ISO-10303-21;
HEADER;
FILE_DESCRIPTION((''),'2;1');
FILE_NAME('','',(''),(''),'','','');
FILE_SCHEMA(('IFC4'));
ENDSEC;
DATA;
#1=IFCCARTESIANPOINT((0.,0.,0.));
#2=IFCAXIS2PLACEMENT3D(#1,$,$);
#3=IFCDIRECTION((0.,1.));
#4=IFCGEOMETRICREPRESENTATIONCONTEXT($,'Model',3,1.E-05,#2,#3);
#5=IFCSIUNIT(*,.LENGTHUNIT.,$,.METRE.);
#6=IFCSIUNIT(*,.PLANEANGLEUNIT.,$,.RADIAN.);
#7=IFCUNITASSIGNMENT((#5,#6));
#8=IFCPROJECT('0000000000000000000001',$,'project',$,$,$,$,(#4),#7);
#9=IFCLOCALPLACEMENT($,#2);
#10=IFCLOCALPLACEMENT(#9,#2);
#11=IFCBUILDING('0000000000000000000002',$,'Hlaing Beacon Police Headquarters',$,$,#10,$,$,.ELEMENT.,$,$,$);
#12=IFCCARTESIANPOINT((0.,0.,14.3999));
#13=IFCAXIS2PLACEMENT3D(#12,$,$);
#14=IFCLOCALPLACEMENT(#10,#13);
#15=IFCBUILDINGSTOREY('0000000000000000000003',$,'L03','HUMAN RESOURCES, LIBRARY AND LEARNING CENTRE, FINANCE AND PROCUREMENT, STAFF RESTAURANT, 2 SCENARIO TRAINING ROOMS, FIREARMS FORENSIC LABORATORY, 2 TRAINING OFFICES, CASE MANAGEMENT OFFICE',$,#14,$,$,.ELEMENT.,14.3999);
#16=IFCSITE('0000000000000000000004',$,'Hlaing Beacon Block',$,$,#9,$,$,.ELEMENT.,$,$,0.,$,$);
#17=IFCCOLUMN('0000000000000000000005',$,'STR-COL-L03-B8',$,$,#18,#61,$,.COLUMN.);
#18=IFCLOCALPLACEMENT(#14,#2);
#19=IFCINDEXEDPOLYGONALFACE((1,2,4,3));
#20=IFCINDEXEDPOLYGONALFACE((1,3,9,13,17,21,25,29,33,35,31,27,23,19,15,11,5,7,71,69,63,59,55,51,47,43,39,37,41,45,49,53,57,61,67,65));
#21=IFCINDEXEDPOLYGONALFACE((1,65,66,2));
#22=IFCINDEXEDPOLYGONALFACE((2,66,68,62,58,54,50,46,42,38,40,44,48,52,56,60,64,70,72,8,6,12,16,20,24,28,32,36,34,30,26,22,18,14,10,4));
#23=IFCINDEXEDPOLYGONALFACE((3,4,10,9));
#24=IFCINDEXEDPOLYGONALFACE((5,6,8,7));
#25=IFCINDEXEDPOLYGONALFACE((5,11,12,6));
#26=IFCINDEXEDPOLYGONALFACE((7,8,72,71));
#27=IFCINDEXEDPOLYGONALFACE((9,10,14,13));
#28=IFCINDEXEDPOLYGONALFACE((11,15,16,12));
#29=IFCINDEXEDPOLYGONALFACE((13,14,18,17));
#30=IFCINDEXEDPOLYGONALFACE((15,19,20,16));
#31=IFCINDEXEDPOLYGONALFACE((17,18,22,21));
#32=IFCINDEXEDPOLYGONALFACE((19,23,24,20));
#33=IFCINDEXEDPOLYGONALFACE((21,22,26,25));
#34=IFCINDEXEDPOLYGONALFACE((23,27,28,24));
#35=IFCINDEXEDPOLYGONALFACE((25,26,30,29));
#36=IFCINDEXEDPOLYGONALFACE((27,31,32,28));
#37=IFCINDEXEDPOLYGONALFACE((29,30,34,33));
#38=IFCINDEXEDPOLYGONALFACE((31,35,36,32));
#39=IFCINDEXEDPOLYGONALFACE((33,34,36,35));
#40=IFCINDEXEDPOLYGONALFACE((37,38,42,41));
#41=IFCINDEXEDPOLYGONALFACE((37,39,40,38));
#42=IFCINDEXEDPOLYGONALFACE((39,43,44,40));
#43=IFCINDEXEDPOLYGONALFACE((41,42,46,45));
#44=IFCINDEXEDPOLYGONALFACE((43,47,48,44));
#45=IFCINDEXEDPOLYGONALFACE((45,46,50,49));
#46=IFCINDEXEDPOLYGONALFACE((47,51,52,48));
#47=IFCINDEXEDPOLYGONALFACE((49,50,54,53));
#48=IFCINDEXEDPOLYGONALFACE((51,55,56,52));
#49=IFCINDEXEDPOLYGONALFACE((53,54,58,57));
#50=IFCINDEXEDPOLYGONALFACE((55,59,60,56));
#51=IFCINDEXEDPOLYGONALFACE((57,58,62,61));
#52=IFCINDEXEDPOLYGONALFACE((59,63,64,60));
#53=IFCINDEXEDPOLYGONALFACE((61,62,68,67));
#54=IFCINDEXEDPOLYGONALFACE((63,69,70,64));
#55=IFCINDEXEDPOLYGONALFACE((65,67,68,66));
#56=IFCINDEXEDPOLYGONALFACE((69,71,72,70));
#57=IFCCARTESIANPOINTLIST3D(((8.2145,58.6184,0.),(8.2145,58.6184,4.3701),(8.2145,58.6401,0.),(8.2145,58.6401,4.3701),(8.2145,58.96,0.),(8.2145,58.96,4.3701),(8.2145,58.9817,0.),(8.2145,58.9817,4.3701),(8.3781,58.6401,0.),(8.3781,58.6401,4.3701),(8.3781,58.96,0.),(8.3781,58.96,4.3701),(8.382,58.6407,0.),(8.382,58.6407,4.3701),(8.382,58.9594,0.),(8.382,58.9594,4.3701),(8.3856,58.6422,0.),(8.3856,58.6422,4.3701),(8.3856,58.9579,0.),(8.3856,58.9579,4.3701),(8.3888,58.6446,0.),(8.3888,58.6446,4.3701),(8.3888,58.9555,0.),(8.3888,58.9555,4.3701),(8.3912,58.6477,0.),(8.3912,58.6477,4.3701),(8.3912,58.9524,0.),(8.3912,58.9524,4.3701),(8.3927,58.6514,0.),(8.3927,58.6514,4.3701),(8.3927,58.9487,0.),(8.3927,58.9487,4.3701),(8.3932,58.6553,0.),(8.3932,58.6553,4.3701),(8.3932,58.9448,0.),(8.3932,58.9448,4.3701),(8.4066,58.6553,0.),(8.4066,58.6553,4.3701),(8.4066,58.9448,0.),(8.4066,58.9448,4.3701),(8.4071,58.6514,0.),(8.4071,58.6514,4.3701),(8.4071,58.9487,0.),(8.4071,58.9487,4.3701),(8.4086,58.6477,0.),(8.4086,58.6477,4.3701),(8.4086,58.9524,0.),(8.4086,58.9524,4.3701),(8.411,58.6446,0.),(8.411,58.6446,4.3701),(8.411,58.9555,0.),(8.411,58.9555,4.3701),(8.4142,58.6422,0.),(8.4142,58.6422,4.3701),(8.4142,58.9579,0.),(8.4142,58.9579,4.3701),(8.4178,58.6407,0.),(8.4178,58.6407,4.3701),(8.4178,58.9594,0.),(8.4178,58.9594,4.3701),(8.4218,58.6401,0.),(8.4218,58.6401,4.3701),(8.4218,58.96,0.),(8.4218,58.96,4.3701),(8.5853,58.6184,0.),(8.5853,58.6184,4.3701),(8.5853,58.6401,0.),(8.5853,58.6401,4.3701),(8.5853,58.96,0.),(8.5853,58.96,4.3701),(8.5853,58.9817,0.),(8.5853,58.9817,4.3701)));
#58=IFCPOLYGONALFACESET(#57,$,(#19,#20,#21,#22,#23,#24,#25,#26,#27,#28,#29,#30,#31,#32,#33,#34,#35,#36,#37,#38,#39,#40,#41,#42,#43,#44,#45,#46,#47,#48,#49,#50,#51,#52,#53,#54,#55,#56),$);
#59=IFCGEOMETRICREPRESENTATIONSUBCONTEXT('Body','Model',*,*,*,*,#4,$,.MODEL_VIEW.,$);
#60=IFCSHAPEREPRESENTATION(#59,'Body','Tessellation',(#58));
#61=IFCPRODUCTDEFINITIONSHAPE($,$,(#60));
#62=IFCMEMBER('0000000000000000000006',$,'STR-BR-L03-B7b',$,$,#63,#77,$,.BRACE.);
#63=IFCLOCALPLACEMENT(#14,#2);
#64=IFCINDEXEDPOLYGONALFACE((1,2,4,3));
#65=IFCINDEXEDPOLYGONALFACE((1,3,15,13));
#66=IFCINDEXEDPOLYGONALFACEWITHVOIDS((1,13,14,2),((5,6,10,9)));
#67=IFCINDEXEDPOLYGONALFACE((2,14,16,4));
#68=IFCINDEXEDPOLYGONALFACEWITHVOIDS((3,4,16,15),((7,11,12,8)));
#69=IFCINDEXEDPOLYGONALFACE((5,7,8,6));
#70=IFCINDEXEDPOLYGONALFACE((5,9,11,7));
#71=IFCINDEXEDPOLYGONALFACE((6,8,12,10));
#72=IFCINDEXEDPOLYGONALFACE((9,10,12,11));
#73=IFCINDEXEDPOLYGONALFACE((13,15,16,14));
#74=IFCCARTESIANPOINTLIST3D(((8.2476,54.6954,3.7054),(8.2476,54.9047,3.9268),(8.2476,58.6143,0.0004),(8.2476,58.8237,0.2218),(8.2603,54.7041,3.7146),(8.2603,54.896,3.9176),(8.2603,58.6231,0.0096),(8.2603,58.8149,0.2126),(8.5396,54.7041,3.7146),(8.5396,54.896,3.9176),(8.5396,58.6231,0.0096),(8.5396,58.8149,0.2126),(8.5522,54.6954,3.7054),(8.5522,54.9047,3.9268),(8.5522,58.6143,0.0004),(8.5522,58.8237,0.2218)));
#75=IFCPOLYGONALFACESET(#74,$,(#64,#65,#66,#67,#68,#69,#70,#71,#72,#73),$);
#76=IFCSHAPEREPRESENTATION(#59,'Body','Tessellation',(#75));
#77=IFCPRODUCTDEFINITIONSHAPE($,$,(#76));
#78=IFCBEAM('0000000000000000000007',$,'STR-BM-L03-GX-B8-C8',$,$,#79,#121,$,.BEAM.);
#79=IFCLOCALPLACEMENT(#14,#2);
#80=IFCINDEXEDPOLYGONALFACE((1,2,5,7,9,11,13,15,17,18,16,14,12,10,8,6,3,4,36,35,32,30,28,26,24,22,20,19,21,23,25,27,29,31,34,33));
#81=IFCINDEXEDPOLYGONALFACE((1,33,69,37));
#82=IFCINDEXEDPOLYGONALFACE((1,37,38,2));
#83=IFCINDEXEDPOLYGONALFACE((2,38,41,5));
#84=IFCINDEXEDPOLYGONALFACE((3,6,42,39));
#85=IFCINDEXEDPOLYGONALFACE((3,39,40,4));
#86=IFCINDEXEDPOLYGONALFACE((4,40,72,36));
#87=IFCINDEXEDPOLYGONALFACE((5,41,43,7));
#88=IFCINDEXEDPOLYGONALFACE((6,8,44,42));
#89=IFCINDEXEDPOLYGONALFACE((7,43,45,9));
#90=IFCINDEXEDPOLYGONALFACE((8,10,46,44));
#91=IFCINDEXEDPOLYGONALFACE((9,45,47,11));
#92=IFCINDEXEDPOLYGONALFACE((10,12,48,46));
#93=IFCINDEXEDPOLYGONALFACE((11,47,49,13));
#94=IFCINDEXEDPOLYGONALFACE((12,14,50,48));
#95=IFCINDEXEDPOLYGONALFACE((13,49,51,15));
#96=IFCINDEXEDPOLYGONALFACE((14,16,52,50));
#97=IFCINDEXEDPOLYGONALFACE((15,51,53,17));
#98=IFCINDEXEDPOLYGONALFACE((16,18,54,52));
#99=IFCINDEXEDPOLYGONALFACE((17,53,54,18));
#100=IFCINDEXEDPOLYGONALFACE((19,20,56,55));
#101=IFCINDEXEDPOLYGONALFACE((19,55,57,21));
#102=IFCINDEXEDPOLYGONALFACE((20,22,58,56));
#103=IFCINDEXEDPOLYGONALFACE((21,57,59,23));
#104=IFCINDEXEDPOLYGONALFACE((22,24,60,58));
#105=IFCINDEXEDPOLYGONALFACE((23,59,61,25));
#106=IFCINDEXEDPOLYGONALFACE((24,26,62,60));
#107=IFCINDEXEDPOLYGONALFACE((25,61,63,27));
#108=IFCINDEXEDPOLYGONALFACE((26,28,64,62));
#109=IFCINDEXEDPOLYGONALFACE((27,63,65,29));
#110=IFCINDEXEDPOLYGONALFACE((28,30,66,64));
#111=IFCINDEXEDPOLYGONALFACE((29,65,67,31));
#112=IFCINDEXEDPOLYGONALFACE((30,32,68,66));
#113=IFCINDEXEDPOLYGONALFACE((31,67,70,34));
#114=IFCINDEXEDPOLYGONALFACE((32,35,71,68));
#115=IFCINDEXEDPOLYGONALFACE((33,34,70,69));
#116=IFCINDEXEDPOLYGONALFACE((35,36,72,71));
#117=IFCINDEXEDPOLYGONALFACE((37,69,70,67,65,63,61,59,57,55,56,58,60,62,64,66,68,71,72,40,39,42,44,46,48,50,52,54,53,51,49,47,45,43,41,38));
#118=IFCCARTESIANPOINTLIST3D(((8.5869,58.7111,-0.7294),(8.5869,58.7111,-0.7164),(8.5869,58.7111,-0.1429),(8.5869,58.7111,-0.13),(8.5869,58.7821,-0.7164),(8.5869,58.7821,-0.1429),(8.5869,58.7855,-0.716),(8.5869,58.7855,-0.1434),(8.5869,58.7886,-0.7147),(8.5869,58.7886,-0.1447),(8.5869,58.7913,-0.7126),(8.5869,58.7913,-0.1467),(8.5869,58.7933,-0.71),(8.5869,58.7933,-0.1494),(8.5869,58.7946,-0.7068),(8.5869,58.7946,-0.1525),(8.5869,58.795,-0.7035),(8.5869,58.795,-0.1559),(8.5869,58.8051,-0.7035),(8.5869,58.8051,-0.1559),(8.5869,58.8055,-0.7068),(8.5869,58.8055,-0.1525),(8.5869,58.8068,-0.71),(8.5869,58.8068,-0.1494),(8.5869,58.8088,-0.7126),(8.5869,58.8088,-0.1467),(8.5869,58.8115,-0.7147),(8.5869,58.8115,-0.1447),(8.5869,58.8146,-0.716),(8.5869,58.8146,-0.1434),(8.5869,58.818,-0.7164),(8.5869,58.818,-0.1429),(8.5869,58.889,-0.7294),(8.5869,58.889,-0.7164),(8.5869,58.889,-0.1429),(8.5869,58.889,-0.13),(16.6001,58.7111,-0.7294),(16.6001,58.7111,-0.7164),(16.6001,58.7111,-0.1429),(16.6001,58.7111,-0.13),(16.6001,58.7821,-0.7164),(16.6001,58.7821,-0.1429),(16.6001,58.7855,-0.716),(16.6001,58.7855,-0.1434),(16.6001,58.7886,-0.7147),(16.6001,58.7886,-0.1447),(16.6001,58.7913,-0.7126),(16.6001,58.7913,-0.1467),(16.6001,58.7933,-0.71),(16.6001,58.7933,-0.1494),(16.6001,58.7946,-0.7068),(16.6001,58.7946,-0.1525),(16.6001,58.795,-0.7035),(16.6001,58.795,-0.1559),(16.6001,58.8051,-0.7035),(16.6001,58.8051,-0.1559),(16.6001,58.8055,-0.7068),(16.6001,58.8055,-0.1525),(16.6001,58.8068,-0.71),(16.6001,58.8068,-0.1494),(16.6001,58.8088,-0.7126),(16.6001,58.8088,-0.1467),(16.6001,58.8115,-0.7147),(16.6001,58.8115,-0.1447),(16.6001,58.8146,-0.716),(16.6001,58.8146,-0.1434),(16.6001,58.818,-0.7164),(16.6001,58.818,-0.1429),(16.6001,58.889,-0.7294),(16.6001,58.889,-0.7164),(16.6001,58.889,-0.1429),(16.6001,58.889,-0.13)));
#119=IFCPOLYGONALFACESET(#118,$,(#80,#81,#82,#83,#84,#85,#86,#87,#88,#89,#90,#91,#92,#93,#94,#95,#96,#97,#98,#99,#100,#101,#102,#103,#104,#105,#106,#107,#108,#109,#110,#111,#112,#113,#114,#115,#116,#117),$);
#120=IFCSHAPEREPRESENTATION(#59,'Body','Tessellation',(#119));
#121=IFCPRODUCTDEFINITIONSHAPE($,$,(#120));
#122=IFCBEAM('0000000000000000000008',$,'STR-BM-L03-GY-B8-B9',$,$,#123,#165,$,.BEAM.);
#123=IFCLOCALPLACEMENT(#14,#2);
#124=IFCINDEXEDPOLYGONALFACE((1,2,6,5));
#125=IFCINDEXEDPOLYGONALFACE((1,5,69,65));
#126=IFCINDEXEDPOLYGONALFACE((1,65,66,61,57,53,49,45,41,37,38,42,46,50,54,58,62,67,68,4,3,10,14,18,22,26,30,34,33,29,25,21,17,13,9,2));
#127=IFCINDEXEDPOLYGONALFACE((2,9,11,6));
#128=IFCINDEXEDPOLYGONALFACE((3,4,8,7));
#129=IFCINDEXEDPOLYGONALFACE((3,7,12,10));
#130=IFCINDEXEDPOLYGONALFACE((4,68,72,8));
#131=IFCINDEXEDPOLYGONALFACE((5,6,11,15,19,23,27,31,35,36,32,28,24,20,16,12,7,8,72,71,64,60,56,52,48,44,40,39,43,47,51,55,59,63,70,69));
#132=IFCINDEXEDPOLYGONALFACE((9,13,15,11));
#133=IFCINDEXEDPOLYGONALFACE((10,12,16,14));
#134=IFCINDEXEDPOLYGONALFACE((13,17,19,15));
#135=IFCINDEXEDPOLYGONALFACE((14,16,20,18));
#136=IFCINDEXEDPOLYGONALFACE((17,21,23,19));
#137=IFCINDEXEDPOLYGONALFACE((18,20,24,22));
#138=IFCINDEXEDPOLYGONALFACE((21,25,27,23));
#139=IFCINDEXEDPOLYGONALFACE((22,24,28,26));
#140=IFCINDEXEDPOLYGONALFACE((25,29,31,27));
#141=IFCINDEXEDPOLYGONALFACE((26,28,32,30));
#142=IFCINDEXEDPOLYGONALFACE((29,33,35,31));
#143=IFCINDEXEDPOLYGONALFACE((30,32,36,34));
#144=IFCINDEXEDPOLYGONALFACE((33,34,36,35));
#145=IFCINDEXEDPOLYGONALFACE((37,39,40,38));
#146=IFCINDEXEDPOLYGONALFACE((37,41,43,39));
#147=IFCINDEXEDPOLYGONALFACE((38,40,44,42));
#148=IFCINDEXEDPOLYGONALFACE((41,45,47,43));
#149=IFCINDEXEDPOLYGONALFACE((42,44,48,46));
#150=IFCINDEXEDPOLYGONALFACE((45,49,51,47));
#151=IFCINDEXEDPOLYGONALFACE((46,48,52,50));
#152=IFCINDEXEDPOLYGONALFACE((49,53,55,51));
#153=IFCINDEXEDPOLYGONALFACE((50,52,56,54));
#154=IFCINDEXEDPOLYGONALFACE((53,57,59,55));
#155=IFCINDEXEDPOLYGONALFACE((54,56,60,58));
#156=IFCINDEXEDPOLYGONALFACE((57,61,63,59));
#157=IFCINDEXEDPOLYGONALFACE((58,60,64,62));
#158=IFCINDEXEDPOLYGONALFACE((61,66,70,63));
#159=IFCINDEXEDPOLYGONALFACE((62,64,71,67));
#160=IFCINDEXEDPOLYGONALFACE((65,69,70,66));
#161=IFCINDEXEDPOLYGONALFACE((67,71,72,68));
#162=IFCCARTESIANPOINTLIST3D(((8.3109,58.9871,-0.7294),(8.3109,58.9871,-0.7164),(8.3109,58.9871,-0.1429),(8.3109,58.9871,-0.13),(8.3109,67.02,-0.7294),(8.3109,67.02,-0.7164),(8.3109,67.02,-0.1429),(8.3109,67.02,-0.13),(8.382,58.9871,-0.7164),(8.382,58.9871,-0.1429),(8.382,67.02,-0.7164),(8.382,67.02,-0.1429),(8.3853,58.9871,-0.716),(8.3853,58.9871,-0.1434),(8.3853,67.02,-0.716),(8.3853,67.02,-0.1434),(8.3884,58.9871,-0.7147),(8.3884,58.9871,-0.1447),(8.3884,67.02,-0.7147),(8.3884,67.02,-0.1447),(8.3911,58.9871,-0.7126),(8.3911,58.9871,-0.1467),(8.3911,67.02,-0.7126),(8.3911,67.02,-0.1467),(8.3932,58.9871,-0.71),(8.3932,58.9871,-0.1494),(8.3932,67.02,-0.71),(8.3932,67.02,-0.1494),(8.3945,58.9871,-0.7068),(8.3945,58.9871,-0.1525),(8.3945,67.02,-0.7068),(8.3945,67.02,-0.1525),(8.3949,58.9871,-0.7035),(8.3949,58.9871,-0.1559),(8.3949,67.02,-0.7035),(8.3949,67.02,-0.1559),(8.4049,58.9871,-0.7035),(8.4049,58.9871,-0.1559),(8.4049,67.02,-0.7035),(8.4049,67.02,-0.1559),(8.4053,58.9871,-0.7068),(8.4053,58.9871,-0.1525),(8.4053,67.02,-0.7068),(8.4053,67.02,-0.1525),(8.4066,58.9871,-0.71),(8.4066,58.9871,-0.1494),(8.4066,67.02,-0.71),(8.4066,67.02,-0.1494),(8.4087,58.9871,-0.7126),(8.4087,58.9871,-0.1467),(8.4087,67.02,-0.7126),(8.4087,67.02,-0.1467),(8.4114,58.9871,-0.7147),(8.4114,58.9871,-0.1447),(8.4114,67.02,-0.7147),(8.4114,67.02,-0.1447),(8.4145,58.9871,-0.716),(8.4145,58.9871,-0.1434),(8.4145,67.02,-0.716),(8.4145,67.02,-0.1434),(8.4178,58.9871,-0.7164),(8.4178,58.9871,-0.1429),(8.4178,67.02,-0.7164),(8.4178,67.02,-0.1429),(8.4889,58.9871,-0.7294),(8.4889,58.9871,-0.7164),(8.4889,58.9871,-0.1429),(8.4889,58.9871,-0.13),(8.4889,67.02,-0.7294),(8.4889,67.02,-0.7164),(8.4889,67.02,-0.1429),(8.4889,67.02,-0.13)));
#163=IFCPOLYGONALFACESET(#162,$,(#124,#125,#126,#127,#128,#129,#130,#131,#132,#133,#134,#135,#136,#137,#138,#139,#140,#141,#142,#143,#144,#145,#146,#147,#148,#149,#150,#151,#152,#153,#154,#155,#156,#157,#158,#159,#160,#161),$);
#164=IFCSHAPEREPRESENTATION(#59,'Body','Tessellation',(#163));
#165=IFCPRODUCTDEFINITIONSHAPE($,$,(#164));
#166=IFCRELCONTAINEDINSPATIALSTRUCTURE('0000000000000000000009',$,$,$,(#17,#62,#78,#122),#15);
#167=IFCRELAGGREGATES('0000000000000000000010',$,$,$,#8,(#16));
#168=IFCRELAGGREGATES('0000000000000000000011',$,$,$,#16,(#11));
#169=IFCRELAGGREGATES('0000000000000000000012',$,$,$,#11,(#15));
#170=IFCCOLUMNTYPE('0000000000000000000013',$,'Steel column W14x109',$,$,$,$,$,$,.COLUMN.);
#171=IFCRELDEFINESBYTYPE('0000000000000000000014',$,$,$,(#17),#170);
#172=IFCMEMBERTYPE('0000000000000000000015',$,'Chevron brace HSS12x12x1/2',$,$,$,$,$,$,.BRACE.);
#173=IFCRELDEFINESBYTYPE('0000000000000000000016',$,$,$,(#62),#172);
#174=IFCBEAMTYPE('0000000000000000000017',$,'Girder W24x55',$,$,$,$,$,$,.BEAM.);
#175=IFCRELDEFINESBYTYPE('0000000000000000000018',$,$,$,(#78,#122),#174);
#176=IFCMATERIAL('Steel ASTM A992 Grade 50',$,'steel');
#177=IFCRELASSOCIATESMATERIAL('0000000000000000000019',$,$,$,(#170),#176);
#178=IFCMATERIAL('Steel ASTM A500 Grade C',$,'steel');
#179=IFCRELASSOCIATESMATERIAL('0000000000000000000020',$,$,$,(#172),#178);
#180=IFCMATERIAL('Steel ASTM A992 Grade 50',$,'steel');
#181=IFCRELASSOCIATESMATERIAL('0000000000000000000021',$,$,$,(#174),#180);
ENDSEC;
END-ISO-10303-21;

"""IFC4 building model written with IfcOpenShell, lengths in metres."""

from ifc_helpers import new_model, si_unit, direction, frame, origin, origin_2d, place, context, subcontext, project, spatial, hollow_rectangle, i_section, extrude, material, material_profile, profile_set, type_object, element, save


model = new_model("IFC4")

# Units and contexts
model_context = context("Model", 3, precision=1e-05, world=origin(), true_north=direction((0.0, 1.0)))
body_context = subcontext(model_context, "Body", "Model", "MODEL_VIEW")
ifc_project = project(units=[si_unit("LENGTHUNIT", "METRE"), si_unit("PLANEANGLEUNIT", "RADIAN")], contexts=[model_context])

# Site, building, storey
site_placement = place(None, origin())
site = spatial("IfcSite", under=ifc_project, at=site_placement, Name="Hlaing Beacon Block", CompositionType="ELEMENT", RefElevation=0.0)
building_placement = place(site_placement, origin())
building = spatial("IfcBuilding", under=site, at=building_placement, Name="Hlaing Beacon Police Headquarters", CompositionType="ELEMENT")
storey_placement = place(building_placement, frame((0.0, 0.0, 14.3999)))
storey = spatial("IfcBuildingStorey", under=building, at=storey_placement, Name="L03", Description="HUMAN RESOURCES, LIBRARY AND LEARNING CENTRE, FINANCE AND PROCUREMENT, STAFF RESTAURANT, 2 SCENARIO TRAINING ROOMS, FIREARMS FORENSIC LABORATORY, 2 TRAINING OFFICES, CASE MANAGEMENT OFFICE", CompositionType="ELEMENT", Elevation=14.3999)

# Column
ifc_material_1 = material(Name="Steel ASTM A992 Grade 50", Category="steel")
ifc_material_profile_1 = material_profile(ifc_material_1, i_section(OverallWidth=0.3708, OverallDepth=0.3633, WebThickness=0.0134, FlangeThickness=0.0217, FilletRadius=0.0151, at=origin_2d()), Name="W14x109")
ifc_profile_set_1 = profile_set([ifc_material_profile_1], Name="Steel ASTM A992 Grade 50")
column_type = type_object("IfcColumnType", Name="Steel column W14x109", PredefinedType="COLUMN", material=ifc_profile_set_1)
column_placement = place(storey_placement, frame((8.3999, 58.8, 0.0), z_axis=(0.0, 0.0, 1.0), x_axis=(1.0, 0.0, 0.0)))
element("IfcColumn", 1, at=column_placement, inside=storey, type_object=column_type, Name="STR-COL-L03-B8", PredefinedType="COLUMN", context=body_context, shape_type="SweptSolid", body=[
    extrude(i_section(OverallWidth=0.3708, OverallDepth=0.3633, WebThickness=0.0134, FlangeThickness=0.0217, FilletRadius=0.0151, at=origin_2d()), origin(), (0.0, 0.0, 1.0), 4.3701),
])

# Member
ifc_material_2 = material(Name="Steel ASTM A500 Grade C", Category="steel")
ifc_material_profile_2 = material_profile(ifc_material_2, hollow_rectangle(XDim=0.3047, YDim=0.3047, WallThickness=0.0127, at=origin_2d()), Name="HSS12x12x1/2")
ifc_profile_set_2 = profile_set([ifc_material_profile_2], Name="Steel ASTM A500 Grade C")
member_type = type_object("IfcMemberType", Name="Chevron brace HSS12x12x1/2", PredefinedType="BRACE", material=ifc_profile_set_2)
member_placement = place(storey_placement, frame((8.3999, 58.719, 0.1111), z_axis=(0.0, -0.726657, 0.687001), x_axis=(1.0, 0.0, 0.0)))
element("IfcMember", 2, at=member_placement, inside=storey, type_object=member_type, Name="STR-BR-L03-B7b", PredefinedType="BRACE", context=body_context, shape_type="SweptSolid", body=[
    extrude(hollow_rectangle(XDim=0.3047, YDim=0.3047, WallThickness=0.0127, at=origin_2d()), origin(), (0.0, 0.0, 1.0), 5.3931),
])

# Beams
ifc_material_3 = material(Name="Steel ASTM A992 Grade 50", Category="steel")
ifc_material_profile_3 = material_profile(ifc_material_3, i_section(OverallWidth=0.178, OverallDepth=0.5994, WebThickness=0.01, FlangeThickness=0.0129, FilletRadius=0.0129, at=origin_2d()), Name="W24x55")
ifc_profile_set_3 = profile_set([ifc_material_profile_3], Name="Steel ASTM A992 Grade 50")
beam_type_1 = type_object("IfcBeamType", Name="Girder W24x55", PredefinedType="BEAM", material=ifc_profile_set_3)
beam_1_placement = place(storey_placement, frame((8.5869, 58.8, -0.4297), z_axis=(1.0, 0.0, 0.0), x_axis=(0.0, 1.0, 0.0)))
element("IfcBeam", 3, at=beam_1_placement, inside=storey, type_object=beam_type_1, Name="STR-BM-L03-GX-B8-C8", PredefinedType="BEAM", context=body_context, shape_type="SweptSolid", body=[
    extrude(i_section(OverallWidth=0.178, OverallDepth=0.5994, WebThickness=0.01, FlangeThickness=0.0129, FilletRadius=0.0129, at=origin_2d()), origin(), (0.0, 0.0, 1.0), 8.0132),
])
beam_2_placement = place(storey_placement, frame((8.3999, 58.9871, -0.4297), z_axis=(0.0, 1.0, 0.0), x_axis=(-1.0, 0.0, 0.0)))
element("IfcBeam", 4, at=beam_2_placement, inside=storey, type_object=beam_type_1, Name="STR-BM-L03-GY-B8-B9", PredefinedType="BEAM", context=body_context, shape_type="SweptSolid", body=[
    extrude(i_section(OverallWidth=0.178, OverallDepth=0.5994, WebThickness=0.01, FlangeThickness=0.0129, FilletRadius=0.0129, at=origin_2d()), origin(), (0.0, 0.0, 1.0), 8.033),
])

save(model, "model.ifc")
